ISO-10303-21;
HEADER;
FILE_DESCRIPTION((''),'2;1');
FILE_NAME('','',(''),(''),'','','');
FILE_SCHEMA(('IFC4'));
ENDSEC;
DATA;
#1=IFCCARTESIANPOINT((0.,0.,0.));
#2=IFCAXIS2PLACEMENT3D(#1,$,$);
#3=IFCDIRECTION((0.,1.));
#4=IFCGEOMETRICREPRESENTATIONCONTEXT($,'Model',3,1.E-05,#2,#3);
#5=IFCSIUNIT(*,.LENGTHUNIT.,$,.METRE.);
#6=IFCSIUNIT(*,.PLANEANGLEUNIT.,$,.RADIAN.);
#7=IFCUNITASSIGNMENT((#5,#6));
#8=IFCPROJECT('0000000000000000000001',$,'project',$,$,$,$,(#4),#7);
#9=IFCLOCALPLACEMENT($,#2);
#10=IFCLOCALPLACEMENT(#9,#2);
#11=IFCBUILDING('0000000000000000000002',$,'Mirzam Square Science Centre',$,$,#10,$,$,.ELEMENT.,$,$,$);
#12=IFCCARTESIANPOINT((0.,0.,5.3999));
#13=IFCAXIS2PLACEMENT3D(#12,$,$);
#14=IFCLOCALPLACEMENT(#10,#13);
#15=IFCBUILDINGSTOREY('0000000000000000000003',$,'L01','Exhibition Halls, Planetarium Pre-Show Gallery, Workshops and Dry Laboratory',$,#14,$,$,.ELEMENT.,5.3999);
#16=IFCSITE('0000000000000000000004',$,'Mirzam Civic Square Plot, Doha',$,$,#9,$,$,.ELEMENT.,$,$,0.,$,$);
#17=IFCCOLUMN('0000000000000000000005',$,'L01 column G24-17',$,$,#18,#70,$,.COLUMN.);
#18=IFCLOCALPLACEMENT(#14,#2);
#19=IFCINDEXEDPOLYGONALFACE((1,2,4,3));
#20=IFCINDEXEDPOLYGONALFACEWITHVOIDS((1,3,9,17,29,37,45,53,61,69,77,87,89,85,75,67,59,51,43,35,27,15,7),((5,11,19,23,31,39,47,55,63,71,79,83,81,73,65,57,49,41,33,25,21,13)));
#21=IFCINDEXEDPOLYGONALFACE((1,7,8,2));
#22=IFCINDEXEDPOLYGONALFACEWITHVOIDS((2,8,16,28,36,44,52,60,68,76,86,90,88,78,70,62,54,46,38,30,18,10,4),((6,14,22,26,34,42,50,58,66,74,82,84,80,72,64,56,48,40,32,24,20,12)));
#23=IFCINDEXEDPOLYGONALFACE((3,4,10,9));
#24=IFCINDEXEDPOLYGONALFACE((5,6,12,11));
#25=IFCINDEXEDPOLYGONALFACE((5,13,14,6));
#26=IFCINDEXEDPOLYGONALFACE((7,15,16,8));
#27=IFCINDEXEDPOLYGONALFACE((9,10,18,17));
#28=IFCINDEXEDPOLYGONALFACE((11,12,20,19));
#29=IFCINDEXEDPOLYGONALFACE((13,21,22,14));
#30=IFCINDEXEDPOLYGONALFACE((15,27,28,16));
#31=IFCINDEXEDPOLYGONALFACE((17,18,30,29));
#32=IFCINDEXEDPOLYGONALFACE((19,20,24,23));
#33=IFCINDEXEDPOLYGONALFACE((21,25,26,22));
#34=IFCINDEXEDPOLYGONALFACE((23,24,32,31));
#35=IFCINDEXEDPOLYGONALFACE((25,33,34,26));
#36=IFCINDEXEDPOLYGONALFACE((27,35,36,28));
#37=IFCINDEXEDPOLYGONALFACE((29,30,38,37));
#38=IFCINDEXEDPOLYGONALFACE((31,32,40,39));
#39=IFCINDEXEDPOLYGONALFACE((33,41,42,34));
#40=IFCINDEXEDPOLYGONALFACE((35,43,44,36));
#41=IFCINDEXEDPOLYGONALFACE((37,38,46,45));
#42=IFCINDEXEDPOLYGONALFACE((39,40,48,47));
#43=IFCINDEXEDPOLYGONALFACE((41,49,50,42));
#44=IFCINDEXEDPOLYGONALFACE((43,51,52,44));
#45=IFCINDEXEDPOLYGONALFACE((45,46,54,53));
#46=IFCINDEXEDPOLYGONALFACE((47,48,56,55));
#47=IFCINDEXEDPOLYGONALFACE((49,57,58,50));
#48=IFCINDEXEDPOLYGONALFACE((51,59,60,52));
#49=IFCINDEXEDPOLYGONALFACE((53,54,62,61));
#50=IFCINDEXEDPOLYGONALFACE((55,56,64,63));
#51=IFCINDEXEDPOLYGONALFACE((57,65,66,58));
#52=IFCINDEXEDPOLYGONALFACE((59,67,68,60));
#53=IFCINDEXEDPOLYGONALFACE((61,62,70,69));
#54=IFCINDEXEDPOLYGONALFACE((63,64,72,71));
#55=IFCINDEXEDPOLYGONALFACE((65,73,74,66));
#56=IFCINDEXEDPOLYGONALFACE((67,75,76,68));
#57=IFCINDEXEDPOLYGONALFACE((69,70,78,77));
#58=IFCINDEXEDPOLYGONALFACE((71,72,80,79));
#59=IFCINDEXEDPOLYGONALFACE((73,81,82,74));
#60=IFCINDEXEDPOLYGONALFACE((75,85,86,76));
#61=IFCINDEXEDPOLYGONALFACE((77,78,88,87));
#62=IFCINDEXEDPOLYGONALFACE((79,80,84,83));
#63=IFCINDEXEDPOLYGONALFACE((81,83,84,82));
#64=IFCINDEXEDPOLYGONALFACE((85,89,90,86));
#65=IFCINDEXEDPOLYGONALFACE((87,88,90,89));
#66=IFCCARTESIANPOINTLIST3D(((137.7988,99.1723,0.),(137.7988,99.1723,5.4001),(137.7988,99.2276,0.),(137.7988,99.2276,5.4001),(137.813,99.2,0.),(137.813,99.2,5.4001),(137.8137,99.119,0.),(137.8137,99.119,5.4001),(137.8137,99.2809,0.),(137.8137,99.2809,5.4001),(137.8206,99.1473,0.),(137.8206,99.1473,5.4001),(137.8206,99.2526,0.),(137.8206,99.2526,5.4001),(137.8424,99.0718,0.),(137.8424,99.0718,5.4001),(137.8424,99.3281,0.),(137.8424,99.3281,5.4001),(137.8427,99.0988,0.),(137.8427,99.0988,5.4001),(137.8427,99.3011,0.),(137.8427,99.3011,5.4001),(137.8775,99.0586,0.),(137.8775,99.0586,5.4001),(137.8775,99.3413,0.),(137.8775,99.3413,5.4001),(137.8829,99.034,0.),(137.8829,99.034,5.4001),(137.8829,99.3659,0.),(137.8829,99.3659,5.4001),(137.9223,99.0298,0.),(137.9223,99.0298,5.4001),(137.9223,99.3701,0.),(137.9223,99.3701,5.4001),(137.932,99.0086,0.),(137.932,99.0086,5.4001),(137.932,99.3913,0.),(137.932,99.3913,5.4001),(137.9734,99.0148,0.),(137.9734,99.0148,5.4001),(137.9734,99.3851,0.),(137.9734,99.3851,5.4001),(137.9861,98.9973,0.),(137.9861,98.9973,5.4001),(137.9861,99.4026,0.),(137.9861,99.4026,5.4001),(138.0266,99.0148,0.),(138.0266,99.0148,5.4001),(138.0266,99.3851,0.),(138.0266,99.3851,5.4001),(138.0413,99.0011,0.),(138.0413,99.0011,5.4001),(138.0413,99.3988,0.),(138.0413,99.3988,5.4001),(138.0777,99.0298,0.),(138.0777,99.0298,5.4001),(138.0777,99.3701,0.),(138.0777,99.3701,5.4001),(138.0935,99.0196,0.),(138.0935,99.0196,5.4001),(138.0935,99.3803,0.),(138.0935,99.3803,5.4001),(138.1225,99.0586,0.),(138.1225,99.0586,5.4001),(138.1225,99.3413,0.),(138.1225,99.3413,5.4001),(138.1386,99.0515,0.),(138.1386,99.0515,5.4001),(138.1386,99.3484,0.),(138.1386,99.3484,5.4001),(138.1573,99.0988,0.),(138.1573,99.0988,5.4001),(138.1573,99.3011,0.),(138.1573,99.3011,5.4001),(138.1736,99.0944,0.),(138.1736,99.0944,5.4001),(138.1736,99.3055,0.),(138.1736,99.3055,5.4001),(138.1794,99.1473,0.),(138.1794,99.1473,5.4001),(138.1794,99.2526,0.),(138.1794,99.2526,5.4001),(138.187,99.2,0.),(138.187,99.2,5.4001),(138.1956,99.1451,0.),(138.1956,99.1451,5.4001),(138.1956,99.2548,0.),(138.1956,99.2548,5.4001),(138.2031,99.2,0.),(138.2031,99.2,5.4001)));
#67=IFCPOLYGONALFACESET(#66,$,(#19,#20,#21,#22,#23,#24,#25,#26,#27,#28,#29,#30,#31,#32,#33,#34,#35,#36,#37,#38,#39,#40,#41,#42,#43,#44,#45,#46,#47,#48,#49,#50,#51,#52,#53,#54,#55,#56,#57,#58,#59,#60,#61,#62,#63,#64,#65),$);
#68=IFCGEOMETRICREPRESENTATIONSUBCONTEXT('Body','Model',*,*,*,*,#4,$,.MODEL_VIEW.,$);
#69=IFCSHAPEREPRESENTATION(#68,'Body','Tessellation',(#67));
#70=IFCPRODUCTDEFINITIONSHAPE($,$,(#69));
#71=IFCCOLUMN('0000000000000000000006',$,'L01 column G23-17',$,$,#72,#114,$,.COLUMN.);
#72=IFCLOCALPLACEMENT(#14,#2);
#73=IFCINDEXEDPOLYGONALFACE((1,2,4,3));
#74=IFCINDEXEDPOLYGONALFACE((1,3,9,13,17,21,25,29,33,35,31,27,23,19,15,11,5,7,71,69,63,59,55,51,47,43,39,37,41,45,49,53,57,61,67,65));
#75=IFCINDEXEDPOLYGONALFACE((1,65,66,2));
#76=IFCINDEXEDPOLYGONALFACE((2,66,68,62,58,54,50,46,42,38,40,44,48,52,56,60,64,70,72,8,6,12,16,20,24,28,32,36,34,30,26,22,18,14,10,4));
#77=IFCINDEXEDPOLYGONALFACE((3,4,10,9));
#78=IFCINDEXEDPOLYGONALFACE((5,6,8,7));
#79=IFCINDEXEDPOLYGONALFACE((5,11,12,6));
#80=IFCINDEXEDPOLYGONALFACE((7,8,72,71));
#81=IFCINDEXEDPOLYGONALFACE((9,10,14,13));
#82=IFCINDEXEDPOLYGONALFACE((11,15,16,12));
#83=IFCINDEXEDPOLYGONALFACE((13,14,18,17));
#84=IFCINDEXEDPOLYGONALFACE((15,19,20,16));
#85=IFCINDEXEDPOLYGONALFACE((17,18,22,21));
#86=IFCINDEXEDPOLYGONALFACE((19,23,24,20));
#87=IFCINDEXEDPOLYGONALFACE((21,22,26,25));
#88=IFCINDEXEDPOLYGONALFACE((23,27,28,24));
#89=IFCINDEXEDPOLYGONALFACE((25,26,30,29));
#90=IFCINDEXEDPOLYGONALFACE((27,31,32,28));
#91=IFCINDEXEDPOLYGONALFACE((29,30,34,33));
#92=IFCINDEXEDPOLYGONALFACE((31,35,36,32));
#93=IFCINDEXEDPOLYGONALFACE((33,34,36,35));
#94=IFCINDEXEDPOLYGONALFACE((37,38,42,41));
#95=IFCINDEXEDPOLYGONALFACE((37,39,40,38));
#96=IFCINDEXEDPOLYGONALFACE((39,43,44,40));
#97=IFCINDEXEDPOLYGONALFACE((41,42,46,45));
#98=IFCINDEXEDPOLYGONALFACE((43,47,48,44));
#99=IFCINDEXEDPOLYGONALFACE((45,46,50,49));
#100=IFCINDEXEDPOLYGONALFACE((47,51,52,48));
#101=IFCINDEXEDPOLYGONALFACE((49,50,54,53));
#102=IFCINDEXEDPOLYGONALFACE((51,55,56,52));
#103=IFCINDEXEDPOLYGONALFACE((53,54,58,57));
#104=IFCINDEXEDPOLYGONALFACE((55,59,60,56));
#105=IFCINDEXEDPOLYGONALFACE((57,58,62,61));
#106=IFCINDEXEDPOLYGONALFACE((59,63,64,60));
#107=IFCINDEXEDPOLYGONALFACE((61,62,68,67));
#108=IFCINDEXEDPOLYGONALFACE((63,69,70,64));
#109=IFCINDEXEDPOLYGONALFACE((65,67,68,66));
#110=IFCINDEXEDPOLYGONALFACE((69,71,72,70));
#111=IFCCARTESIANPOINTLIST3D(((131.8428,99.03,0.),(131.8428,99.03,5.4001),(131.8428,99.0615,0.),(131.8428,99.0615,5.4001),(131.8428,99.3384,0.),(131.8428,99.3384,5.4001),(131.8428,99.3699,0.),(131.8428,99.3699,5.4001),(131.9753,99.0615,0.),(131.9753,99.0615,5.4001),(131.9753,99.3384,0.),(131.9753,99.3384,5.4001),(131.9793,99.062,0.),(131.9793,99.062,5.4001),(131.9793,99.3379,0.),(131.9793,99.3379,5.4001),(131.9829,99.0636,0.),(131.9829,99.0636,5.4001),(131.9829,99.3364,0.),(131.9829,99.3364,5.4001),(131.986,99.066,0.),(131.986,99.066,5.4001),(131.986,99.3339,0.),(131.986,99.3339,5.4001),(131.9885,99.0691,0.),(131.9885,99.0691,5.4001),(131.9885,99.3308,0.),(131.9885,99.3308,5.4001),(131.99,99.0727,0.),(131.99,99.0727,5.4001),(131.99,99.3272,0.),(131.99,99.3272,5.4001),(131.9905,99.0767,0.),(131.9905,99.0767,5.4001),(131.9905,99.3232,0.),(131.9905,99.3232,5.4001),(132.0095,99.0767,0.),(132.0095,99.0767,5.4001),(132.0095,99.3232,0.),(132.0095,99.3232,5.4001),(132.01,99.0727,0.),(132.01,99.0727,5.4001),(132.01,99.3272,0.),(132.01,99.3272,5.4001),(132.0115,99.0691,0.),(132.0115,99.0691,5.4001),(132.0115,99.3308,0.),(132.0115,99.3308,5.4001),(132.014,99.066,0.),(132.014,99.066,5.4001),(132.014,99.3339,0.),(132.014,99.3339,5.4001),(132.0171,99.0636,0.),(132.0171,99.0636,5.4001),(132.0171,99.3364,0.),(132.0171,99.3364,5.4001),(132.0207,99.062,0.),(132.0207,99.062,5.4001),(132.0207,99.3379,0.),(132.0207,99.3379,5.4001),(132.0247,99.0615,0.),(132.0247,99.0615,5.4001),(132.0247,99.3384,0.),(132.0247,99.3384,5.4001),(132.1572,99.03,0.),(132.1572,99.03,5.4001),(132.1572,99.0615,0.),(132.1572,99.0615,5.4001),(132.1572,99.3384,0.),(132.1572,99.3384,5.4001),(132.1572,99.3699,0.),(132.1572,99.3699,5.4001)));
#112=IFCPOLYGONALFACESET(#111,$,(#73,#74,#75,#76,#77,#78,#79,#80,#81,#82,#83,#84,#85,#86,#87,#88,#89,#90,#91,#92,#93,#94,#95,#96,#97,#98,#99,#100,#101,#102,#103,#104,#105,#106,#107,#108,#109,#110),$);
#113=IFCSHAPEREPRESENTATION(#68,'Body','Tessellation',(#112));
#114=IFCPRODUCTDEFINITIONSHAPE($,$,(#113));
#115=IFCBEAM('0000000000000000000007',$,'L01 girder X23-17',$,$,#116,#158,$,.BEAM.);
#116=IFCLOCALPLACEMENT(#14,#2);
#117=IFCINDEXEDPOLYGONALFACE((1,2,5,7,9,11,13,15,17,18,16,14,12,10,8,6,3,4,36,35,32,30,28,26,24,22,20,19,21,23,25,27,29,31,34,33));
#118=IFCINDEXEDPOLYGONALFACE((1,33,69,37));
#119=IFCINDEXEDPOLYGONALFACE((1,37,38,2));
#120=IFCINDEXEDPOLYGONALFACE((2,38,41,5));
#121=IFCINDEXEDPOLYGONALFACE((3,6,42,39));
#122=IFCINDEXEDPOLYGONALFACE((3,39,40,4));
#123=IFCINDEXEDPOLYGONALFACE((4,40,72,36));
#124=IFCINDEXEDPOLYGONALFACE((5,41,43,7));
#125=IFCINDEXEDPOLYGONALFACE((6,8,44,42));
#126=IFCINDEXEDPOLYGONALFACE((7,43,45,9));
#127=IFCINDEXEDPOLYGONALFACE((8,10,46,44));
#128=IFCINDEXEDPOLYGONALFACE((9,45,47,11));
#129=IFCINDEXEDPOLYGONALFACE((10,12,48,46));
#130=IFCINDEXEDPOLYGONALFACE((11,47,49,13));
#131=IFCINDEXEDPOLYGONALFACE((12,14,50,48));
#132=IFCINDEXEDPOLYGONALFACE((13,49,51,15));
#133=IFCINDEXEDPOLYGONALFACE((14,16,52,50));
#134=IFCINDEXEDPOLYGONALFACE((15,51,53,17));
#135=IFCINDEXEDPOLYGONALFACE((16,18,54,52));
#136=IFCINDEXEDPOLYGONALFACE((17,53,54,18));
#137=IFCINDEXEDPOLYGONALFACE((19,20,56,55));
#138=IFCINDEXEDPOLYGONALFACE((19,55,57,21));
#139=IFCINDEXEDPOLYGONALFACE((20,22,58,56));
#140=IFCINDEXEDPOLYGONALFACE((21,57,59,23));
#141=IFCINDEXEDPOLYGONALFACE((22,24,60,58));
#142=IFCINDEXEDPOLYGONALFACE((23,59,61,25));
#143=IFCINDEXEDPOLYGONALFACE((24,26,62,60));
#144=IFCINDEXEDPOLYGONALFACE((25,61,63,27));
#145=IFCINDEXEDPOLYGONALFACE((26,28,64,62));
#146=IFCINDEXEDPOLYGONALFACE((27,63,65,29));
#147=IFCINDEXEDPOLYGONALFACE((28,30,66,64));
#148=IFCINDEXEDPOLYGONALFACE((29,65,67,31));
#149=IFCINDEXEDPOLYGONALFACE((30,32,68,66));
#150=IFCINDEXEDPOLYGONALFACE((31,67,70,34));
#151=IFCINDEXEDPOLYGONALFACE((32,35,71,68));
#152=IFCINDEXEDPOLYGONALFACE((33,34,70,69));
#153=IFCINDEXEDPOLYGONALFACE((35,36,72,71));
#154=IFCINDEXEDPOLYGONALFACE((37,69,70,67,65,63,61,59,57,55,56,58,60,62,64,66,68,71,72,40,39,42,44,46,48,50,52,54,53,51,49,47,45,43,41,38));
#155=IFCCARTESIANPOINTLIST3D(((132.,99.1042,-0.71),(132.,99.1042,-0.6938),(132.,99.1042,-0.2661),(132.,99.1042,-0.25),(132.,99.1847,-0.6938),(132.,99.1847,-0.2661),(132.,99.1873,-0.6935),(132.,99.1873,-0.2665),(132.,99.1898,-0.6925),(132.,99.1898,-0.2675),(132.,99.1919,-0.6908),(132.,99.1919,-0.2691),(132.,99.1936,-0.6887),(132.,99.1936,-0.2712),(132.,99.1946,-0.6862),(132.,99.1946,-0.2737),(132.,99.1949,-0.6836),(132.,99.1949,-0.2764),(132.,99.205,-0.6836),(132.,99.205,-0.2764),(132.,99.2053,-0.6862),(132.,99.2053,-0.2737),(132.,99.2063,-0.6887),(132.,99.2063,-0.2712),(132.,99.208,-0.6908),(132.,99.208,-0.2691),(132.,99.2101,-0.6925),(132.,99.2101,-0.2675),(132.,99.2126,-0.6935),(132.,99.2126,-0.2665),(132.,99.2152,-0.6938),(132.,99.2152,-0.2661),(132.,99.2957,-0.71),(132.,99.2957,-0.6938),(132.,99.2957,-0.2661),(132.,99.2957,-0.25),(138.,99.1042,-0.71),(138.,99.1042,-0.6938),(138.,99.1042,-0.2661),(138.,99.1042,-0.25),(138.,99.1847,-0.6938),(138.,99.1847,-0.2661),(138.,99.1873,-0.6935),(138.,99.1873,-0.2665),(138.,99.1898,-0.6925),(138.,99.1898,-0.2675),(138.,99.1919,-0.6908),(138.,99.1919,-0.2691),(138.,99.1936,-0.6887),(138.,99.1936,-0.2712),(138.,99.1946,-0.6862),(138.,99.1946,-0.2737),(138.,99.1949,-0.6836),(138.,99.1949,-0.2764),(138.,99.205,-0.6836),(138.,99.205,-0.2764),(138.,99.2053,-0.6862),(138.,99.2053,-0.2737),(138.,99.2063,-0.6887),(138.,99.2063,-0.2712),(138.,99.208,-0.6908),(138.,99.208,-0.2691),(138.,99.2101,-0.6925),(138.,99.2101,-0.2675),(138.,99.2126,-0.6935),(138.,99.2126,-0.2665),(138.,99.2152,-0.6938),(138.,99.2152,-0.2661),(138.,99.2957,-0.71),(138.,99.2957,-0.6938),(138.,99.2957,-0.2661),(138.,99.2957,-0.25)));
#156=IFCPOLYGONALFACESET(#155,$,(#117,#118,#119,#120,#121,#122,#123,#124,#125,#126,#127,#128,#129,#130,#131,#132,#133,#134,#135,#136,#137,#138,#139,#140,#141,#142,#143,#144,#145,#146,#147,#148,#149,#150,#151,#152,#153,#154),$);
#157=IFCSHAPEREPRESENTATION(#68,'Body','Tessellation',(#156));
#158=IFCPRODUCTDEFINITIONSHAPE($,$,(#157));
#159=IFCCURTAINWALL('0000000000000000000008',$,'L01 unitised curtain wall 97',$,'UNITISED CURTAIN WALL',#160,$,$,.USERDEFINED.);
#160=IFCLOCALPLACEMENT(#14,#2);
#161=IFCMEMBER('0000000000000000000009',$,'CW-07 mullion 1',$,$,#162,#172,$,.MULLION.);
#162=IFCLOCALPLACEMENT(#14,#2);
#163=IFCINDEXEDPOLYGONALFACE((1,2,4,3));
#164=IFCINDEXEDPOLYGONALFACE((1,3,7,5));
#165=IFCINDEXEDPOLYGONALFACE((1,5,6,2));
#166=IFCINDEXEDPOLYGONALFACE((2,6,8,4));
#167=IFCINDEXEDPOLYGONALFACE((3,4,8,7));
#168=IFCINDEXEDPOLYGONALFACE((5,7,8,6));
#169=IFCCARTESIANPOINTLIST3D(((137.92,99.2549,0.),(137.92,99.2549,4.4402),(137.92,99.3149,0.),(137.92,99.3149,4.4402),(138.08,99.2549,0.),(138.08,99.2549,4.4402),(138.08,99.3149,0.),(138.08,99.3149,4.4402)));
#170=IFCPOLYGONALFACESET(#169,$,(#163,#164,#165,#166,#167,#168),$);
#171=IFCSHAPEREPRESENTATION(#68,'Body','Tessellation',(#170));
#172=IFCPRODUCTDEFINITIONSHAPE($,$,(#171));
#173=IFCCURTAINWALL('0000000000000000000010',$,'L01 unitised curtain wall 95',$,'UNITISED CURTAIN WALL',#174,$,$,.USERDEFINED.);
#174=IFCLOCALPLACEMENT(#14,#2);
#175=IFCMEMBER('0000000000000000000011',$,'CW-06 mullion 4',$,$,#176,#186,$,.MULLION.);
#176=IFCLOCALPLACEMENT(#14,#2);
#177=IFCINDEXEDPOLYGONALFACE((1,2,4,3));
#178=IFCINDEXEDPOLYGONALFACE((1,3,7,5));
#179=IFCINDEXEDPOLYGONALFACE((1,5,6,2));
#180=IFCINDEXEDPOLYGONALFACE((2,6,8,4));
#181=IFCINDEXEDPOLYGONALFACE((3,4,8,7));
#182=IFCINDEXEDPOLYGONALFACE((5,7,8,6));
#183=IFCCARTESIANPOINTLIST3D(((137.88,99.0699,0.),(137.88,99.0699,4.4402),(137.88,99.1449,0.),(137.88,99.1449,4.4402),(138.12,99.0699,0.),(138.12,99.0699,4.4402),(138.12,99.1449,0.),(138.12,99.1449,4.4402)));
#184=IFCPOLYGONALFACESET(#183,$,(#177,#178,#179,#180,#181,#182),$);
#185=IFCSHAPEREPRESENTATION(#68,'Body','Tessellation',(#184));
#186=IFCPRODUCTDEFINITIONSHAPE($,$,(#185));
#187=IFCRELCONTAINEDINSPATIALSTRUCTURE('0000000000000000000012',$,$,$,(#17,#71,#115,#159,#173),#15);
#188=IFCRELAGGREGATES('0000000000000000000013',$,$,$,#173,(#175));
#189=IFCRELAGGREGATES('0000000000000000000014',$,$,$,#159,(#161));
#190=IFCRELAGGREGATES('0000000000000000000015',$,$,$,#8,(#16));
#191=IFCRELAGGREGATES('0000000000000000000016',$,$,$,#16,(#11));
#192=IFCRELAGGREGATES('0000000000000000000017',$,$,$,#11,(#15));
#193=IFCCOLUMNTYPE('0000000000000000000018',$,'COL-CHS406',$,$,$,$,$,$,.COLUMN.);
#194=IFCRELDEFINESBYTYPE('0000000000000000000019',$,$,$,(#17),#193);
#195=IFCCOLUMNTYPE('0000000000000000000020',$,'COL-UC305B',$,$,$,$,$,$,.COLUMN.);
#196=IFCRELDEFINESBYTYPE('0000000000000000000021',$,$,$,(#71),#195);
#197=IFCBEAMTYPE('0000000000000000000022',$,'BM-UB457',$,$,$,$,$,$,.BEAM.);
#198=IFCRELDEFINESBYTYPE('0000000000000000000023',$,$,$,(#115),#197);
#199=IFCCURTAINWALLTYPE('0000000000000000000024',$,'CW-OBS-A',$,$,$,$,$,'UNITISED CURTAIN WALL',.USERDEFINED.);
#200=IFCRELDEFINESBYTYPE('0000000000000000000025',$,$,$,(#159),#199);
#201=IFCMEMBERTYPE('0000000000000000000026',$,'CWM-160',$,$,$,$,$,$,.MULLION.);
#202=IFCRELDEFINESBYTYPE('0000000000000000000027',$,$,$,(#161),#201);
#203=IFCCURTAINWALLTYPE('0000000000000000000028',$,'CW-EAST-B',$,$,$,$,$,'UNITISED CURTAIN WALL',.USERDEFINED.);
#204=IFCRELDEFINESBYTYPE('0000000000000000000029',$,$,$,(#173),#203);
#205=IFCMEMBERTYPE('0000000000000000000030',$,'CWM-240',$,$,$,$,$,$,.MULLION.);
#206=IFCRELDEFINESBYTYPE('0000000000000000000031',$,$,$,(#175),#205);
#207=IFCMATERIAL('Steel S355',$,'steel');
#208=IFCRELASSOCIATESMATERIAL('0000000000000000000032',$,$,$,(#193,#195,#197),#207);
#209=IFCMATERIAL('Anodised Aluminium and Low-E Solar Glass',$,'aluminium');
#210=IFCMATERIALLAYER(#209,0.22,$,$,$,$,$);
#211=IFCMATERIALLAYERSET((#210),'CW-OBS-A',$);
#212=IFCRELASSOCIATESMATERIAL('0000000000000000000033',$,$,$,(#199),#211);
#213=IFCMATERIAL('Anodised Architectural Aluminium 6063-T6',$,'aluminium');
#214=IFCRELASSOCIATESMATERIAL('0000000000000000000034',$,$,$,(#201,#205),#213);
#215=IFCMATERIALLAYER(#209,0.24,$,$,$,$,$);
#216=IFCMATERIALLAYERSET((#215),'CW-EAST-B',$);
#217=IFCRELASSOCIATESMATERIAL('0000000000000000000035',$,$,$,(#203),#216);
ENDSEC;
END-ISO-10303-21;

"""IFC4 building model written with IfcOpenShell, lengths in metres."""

from ifc_helpers import new_model, si_unit, direction, frame, origin, origin_2d, place, context, subcontext, project, spatial, rectangle, hollow_circle, i_section, extrude, material, layer, layer_set, material_profile, profile_set, type_object, element, aggregate, save


model = new_model("IFC4")

# Units and contexts
model_context = context("Model", 3, precision=1e-05, world=origin(), true_north=direction((0.0, 1.0)))
body_context = subcontext(model_context, "Body", "Model", "MODEL_VIEW")
ifc_project = project(units=[si_unit("LENGTHUNIT", "METRE"), si_unit("PLANEANGLEUNIT", "RADIAN")], contexts=[model_context])

# Site, building, storey
site_placement = place(None, origin())
site = spatial("IfcSite", under=ifc_project, at=site_placement, Name="Mirzam Civic Square Plot, Doha", CompositionType="ELEMENT", RefElevation=0.0)
building_placement = place(site_placement, origin())
building = spatial("IfcBuilding", under=site, at=building_placement, Name="Mirzam Square Science Centre", CompositionType="ELEMENT")
storey_placement = place(building_placement, frame((0.0, 0.0, 5.3999)))
storey = spatial("IfcBuildingStorey", under=building, at=storey_placement, Name="L01", Description="Exhibition Halls, Planetarium Pre-Show Gallery, Workshops and Dry Laboratory", CompositionType="ELEMENT", Elevation=5.3999)

# Columns
ifc_material_1 = material(Name="Steel S355", Category="steel")
ifc_material_profile_1 = material_profile(ifc_material_1, hollow_circle(Radius=0.2031, WallThickness=0.0161, at=origin_2d()), Name="406.4x16.0CHS")
ifc_profile_set_1 = profile_set([ifc_material_profile_1], Name="Steel S355")
column_type_1 = type_object("IfcColumnType", Name="COL-CHS406", PredefinedType="COLUMN", material=ifc_profile_set_1)
column_1_placement = place(storey_placement, frame((138.0, 99.2, 0.0), z_axis=(0.0, 0.0, 1.0), x_axis=(1.0, 0.0, 0.0)))
element("IfcColumn", 1, at=column_1_placement, inside=storey, type_object=column_type_1, Name="L01 column G24-17", PredefinedType="COLUMN", context=body_context, shape_type="SweptSolid", body=[
    extrude(hollow_circle(Radius=0.2031, WallThickness=0.0161, at=origin_2d()), origin(), (0.0, 0.0, 1.0), 5.4001),
])
ifc_material_profile_2 = material_profile(ifc_material_1, i_section(OverallWidth=0.3145, OverallDepth=0.3398, WebThickness=0.019, FlangeThickness=0.0315, FilletRadius=0.0151, at=origin_2d()), Name="305x305x198UC")
ifc_profile_set_2 = profile_set([ifc_material_profile_2], Name="Steel S355")
column_type_2 = type_object("IfcColumnType", Name="COL-UC305B", PredefinedType="COLUMN", material=ifc_profile_set_2)
column_2_placement = place(storey_placement, frame((132.0, 99.2, 0.0), z_axis=(0.0, 0.0, 1.0), x_axis=(1.0, 0.0, 0.0)))
element("IfcColumn", 2, at=column_2_placement, inside=storey, type_object=column_type_2, Name="L01 column G23-17", PredefinedType="COLUMN", context=body_context, shape_type="SweptSolid", body=[
    extrude(i_section(OverallWidth=0.3145, OverallDepth=0.3398, WebThickness=0.019, FlangeThickness=0.0315, FilletRadius=0.0151, at=origin_2d()), origin(), (0.0, 0.0, 1.0), 5.4001),
])

# Beam
ifc_material_profile_3 = material_profile(ifc_material_1, i_section(OverallWidth=0.1914, OverallDepth=0.46, WebThickness=0.01, FlangeThickness=0.0161, FilletRadius=0.0103, at=origin_2d()), Name="457x191x82UB")
ifc_profile_set_3 = profile_set([ifc_material_profile_3], Name="Steel S355")
beam_type_1 = type_object("IfcBeamType", Name="BM-UB457", PredefinedType="BEAM", material=ifc_profile_set_3)
beam_1_placement = place(storey_placement, frame((132.0, 99.2, -0.48), z_axis=(1.0, 0.0, 0.0), x_axis=(0.0, 1.0, 0.0)))
element("IfcBeam", 3, at=beam_1_placement, inside=storey, type_object=beam_type_1, Name="L01 girder X23-17", PredefinedType="BEAM", context=body_context, shape_type="SweptSolid", body=[
    extrude(i_section(OverallWidth=0.1914, OverallDepth=0.46, WebThickness=0.01, FlangeThickness=0.0161, FilletRadius=0.0103, at=origin_2d()), origin(), (0.0, 0.0, 1.0), 6.0),
])

# Curtain walls, members
ifc_material_2 = material(Name="Anodised Aluminium and Low-E Solar Glass", Category="aluminium")
ifc_layer_1 = layer(ifc_material_2, 0.22)
ifc_layer_set_1 = layer_set([ifc_layer_1], Name="CW-OBS-A")
curtain_wall_type_1 = type_object("IfcCurtainWallType", Name="CW-OBS-A", ElementType="UNITISED CURTAIN WALL", PredefinedType="USERDEFINED", material=ifc_layer_set_1)
curtain_wall_1_placement = place(storey_placement, origin())
curtain_wall_1 = element("IfcCurtainWall", 4, at=curtain_wall_1_placement, inside=storey, type_object=curtain_wall_type_1, Name="L01 unitised curtain wall 97", ObjectType="UNITISED CURTAIN WALL", PredefinedType="USERDEFINED")
ifc_material_3 = material(Name="Anodised Architectural Aluminium 6063-T6", Category="aluminium")
ifc_material_profile_4 = material_profile(ifc_material_3, rectangle(XDim=0.0601, YDim=0.1599, at=origin_2d()), Name="ALU-MULL-160x60x4")
ifc_profile_set_4 = profile_set([ifc_material_profile_4], Name="Anodised Architectural Aluminium 6063-T6")
member_type_1 = type_object("IfcMemberType", Name="CWM-160", PredefinedType="MULLION", material=ifc_profile_set_4)
member_1_placement = place(storey_placement, frame((138.0, 99.2849, 0.0), z_axis=(0.0, 0.0, 1.0), x_axis=(0.0, 1.0, 0.0)))
member_1 = element("IfcMember", 5, at=member_1_placement, type_object=member_type_1, Name="CW-07 mullion 1", PredefinedType="MULLION", context=body_context, shape_type="SweptSolid", body=[
    extrude(rectangle(XDim=0.0601, YDim=0.1599, at=origin_2d()), origin(), (0.0, 0.0, 1.0), 4.4402),
])
ifc_layer_2 = layer(ifc_material_2, 0.24)
ifc_layer_set_2 = layer_set([ifc_layer_2], Name="CW-EAST-B")
curtain_wall_type_2 = type_object("IfcCurtainWallType", Name="CW-EAST-B", ElementType="UNITISED CURTAIN WALL", PredefinedType="USERDEFINED", material=ifc_layer_set_2)
curtain_wall_2_placement = place(storey_placement, origin())
curtain_wall_2 = element("IfcCurtainWall", 6, at=curtain_wall_2_placement, inside=storey, type_object=curtain_wall_type_2, Name="L01 unitised curtain wall 95", ObjectType="UNITISED CURTAIN WALL", PredefinedType="USERDEFINED")
ifc_material_profile_5 = material_profile(ifc_material_3, rectangle(XDim=0.075, YDim=0.24, at=origin_2d()), Name="ALU-MULL-240x75x5")
ifc_profile_set_5 = profile_set([ifc_material_profile_5], Name="Anodised Architectural Aluminium 6063-T6")
member_type_2 = type_object("IfcMemberType", Name="CWM-240", PredefinedType="MULLION", material=ifc_profile_set_5)
member_2_placement = place(storey_placement, frame((138.0, 99.1074, 0.0), z_axis=(0.0, 0.0, 1.0), x_axis=(0.0, 1.0, 0.0)))
member_2 = element("IfcMember", 7, at=member_2_placement, type_object=member_type_2, Name="CW-06 mullion 4", PredefinedType="MULLION", context=body_context, shape_type="SweptSolid", body=[
    extrude(rectangle(XDim=0.075, YDim=0.24, at=origin_2d()), origin(), (0.0, 0.0, 1.0), 4.4402),
])

aggregate(curtain_wall_2, [member_2])
aggregate(curtain_wall_1, [member_1])

save(model, "model.ifc")
